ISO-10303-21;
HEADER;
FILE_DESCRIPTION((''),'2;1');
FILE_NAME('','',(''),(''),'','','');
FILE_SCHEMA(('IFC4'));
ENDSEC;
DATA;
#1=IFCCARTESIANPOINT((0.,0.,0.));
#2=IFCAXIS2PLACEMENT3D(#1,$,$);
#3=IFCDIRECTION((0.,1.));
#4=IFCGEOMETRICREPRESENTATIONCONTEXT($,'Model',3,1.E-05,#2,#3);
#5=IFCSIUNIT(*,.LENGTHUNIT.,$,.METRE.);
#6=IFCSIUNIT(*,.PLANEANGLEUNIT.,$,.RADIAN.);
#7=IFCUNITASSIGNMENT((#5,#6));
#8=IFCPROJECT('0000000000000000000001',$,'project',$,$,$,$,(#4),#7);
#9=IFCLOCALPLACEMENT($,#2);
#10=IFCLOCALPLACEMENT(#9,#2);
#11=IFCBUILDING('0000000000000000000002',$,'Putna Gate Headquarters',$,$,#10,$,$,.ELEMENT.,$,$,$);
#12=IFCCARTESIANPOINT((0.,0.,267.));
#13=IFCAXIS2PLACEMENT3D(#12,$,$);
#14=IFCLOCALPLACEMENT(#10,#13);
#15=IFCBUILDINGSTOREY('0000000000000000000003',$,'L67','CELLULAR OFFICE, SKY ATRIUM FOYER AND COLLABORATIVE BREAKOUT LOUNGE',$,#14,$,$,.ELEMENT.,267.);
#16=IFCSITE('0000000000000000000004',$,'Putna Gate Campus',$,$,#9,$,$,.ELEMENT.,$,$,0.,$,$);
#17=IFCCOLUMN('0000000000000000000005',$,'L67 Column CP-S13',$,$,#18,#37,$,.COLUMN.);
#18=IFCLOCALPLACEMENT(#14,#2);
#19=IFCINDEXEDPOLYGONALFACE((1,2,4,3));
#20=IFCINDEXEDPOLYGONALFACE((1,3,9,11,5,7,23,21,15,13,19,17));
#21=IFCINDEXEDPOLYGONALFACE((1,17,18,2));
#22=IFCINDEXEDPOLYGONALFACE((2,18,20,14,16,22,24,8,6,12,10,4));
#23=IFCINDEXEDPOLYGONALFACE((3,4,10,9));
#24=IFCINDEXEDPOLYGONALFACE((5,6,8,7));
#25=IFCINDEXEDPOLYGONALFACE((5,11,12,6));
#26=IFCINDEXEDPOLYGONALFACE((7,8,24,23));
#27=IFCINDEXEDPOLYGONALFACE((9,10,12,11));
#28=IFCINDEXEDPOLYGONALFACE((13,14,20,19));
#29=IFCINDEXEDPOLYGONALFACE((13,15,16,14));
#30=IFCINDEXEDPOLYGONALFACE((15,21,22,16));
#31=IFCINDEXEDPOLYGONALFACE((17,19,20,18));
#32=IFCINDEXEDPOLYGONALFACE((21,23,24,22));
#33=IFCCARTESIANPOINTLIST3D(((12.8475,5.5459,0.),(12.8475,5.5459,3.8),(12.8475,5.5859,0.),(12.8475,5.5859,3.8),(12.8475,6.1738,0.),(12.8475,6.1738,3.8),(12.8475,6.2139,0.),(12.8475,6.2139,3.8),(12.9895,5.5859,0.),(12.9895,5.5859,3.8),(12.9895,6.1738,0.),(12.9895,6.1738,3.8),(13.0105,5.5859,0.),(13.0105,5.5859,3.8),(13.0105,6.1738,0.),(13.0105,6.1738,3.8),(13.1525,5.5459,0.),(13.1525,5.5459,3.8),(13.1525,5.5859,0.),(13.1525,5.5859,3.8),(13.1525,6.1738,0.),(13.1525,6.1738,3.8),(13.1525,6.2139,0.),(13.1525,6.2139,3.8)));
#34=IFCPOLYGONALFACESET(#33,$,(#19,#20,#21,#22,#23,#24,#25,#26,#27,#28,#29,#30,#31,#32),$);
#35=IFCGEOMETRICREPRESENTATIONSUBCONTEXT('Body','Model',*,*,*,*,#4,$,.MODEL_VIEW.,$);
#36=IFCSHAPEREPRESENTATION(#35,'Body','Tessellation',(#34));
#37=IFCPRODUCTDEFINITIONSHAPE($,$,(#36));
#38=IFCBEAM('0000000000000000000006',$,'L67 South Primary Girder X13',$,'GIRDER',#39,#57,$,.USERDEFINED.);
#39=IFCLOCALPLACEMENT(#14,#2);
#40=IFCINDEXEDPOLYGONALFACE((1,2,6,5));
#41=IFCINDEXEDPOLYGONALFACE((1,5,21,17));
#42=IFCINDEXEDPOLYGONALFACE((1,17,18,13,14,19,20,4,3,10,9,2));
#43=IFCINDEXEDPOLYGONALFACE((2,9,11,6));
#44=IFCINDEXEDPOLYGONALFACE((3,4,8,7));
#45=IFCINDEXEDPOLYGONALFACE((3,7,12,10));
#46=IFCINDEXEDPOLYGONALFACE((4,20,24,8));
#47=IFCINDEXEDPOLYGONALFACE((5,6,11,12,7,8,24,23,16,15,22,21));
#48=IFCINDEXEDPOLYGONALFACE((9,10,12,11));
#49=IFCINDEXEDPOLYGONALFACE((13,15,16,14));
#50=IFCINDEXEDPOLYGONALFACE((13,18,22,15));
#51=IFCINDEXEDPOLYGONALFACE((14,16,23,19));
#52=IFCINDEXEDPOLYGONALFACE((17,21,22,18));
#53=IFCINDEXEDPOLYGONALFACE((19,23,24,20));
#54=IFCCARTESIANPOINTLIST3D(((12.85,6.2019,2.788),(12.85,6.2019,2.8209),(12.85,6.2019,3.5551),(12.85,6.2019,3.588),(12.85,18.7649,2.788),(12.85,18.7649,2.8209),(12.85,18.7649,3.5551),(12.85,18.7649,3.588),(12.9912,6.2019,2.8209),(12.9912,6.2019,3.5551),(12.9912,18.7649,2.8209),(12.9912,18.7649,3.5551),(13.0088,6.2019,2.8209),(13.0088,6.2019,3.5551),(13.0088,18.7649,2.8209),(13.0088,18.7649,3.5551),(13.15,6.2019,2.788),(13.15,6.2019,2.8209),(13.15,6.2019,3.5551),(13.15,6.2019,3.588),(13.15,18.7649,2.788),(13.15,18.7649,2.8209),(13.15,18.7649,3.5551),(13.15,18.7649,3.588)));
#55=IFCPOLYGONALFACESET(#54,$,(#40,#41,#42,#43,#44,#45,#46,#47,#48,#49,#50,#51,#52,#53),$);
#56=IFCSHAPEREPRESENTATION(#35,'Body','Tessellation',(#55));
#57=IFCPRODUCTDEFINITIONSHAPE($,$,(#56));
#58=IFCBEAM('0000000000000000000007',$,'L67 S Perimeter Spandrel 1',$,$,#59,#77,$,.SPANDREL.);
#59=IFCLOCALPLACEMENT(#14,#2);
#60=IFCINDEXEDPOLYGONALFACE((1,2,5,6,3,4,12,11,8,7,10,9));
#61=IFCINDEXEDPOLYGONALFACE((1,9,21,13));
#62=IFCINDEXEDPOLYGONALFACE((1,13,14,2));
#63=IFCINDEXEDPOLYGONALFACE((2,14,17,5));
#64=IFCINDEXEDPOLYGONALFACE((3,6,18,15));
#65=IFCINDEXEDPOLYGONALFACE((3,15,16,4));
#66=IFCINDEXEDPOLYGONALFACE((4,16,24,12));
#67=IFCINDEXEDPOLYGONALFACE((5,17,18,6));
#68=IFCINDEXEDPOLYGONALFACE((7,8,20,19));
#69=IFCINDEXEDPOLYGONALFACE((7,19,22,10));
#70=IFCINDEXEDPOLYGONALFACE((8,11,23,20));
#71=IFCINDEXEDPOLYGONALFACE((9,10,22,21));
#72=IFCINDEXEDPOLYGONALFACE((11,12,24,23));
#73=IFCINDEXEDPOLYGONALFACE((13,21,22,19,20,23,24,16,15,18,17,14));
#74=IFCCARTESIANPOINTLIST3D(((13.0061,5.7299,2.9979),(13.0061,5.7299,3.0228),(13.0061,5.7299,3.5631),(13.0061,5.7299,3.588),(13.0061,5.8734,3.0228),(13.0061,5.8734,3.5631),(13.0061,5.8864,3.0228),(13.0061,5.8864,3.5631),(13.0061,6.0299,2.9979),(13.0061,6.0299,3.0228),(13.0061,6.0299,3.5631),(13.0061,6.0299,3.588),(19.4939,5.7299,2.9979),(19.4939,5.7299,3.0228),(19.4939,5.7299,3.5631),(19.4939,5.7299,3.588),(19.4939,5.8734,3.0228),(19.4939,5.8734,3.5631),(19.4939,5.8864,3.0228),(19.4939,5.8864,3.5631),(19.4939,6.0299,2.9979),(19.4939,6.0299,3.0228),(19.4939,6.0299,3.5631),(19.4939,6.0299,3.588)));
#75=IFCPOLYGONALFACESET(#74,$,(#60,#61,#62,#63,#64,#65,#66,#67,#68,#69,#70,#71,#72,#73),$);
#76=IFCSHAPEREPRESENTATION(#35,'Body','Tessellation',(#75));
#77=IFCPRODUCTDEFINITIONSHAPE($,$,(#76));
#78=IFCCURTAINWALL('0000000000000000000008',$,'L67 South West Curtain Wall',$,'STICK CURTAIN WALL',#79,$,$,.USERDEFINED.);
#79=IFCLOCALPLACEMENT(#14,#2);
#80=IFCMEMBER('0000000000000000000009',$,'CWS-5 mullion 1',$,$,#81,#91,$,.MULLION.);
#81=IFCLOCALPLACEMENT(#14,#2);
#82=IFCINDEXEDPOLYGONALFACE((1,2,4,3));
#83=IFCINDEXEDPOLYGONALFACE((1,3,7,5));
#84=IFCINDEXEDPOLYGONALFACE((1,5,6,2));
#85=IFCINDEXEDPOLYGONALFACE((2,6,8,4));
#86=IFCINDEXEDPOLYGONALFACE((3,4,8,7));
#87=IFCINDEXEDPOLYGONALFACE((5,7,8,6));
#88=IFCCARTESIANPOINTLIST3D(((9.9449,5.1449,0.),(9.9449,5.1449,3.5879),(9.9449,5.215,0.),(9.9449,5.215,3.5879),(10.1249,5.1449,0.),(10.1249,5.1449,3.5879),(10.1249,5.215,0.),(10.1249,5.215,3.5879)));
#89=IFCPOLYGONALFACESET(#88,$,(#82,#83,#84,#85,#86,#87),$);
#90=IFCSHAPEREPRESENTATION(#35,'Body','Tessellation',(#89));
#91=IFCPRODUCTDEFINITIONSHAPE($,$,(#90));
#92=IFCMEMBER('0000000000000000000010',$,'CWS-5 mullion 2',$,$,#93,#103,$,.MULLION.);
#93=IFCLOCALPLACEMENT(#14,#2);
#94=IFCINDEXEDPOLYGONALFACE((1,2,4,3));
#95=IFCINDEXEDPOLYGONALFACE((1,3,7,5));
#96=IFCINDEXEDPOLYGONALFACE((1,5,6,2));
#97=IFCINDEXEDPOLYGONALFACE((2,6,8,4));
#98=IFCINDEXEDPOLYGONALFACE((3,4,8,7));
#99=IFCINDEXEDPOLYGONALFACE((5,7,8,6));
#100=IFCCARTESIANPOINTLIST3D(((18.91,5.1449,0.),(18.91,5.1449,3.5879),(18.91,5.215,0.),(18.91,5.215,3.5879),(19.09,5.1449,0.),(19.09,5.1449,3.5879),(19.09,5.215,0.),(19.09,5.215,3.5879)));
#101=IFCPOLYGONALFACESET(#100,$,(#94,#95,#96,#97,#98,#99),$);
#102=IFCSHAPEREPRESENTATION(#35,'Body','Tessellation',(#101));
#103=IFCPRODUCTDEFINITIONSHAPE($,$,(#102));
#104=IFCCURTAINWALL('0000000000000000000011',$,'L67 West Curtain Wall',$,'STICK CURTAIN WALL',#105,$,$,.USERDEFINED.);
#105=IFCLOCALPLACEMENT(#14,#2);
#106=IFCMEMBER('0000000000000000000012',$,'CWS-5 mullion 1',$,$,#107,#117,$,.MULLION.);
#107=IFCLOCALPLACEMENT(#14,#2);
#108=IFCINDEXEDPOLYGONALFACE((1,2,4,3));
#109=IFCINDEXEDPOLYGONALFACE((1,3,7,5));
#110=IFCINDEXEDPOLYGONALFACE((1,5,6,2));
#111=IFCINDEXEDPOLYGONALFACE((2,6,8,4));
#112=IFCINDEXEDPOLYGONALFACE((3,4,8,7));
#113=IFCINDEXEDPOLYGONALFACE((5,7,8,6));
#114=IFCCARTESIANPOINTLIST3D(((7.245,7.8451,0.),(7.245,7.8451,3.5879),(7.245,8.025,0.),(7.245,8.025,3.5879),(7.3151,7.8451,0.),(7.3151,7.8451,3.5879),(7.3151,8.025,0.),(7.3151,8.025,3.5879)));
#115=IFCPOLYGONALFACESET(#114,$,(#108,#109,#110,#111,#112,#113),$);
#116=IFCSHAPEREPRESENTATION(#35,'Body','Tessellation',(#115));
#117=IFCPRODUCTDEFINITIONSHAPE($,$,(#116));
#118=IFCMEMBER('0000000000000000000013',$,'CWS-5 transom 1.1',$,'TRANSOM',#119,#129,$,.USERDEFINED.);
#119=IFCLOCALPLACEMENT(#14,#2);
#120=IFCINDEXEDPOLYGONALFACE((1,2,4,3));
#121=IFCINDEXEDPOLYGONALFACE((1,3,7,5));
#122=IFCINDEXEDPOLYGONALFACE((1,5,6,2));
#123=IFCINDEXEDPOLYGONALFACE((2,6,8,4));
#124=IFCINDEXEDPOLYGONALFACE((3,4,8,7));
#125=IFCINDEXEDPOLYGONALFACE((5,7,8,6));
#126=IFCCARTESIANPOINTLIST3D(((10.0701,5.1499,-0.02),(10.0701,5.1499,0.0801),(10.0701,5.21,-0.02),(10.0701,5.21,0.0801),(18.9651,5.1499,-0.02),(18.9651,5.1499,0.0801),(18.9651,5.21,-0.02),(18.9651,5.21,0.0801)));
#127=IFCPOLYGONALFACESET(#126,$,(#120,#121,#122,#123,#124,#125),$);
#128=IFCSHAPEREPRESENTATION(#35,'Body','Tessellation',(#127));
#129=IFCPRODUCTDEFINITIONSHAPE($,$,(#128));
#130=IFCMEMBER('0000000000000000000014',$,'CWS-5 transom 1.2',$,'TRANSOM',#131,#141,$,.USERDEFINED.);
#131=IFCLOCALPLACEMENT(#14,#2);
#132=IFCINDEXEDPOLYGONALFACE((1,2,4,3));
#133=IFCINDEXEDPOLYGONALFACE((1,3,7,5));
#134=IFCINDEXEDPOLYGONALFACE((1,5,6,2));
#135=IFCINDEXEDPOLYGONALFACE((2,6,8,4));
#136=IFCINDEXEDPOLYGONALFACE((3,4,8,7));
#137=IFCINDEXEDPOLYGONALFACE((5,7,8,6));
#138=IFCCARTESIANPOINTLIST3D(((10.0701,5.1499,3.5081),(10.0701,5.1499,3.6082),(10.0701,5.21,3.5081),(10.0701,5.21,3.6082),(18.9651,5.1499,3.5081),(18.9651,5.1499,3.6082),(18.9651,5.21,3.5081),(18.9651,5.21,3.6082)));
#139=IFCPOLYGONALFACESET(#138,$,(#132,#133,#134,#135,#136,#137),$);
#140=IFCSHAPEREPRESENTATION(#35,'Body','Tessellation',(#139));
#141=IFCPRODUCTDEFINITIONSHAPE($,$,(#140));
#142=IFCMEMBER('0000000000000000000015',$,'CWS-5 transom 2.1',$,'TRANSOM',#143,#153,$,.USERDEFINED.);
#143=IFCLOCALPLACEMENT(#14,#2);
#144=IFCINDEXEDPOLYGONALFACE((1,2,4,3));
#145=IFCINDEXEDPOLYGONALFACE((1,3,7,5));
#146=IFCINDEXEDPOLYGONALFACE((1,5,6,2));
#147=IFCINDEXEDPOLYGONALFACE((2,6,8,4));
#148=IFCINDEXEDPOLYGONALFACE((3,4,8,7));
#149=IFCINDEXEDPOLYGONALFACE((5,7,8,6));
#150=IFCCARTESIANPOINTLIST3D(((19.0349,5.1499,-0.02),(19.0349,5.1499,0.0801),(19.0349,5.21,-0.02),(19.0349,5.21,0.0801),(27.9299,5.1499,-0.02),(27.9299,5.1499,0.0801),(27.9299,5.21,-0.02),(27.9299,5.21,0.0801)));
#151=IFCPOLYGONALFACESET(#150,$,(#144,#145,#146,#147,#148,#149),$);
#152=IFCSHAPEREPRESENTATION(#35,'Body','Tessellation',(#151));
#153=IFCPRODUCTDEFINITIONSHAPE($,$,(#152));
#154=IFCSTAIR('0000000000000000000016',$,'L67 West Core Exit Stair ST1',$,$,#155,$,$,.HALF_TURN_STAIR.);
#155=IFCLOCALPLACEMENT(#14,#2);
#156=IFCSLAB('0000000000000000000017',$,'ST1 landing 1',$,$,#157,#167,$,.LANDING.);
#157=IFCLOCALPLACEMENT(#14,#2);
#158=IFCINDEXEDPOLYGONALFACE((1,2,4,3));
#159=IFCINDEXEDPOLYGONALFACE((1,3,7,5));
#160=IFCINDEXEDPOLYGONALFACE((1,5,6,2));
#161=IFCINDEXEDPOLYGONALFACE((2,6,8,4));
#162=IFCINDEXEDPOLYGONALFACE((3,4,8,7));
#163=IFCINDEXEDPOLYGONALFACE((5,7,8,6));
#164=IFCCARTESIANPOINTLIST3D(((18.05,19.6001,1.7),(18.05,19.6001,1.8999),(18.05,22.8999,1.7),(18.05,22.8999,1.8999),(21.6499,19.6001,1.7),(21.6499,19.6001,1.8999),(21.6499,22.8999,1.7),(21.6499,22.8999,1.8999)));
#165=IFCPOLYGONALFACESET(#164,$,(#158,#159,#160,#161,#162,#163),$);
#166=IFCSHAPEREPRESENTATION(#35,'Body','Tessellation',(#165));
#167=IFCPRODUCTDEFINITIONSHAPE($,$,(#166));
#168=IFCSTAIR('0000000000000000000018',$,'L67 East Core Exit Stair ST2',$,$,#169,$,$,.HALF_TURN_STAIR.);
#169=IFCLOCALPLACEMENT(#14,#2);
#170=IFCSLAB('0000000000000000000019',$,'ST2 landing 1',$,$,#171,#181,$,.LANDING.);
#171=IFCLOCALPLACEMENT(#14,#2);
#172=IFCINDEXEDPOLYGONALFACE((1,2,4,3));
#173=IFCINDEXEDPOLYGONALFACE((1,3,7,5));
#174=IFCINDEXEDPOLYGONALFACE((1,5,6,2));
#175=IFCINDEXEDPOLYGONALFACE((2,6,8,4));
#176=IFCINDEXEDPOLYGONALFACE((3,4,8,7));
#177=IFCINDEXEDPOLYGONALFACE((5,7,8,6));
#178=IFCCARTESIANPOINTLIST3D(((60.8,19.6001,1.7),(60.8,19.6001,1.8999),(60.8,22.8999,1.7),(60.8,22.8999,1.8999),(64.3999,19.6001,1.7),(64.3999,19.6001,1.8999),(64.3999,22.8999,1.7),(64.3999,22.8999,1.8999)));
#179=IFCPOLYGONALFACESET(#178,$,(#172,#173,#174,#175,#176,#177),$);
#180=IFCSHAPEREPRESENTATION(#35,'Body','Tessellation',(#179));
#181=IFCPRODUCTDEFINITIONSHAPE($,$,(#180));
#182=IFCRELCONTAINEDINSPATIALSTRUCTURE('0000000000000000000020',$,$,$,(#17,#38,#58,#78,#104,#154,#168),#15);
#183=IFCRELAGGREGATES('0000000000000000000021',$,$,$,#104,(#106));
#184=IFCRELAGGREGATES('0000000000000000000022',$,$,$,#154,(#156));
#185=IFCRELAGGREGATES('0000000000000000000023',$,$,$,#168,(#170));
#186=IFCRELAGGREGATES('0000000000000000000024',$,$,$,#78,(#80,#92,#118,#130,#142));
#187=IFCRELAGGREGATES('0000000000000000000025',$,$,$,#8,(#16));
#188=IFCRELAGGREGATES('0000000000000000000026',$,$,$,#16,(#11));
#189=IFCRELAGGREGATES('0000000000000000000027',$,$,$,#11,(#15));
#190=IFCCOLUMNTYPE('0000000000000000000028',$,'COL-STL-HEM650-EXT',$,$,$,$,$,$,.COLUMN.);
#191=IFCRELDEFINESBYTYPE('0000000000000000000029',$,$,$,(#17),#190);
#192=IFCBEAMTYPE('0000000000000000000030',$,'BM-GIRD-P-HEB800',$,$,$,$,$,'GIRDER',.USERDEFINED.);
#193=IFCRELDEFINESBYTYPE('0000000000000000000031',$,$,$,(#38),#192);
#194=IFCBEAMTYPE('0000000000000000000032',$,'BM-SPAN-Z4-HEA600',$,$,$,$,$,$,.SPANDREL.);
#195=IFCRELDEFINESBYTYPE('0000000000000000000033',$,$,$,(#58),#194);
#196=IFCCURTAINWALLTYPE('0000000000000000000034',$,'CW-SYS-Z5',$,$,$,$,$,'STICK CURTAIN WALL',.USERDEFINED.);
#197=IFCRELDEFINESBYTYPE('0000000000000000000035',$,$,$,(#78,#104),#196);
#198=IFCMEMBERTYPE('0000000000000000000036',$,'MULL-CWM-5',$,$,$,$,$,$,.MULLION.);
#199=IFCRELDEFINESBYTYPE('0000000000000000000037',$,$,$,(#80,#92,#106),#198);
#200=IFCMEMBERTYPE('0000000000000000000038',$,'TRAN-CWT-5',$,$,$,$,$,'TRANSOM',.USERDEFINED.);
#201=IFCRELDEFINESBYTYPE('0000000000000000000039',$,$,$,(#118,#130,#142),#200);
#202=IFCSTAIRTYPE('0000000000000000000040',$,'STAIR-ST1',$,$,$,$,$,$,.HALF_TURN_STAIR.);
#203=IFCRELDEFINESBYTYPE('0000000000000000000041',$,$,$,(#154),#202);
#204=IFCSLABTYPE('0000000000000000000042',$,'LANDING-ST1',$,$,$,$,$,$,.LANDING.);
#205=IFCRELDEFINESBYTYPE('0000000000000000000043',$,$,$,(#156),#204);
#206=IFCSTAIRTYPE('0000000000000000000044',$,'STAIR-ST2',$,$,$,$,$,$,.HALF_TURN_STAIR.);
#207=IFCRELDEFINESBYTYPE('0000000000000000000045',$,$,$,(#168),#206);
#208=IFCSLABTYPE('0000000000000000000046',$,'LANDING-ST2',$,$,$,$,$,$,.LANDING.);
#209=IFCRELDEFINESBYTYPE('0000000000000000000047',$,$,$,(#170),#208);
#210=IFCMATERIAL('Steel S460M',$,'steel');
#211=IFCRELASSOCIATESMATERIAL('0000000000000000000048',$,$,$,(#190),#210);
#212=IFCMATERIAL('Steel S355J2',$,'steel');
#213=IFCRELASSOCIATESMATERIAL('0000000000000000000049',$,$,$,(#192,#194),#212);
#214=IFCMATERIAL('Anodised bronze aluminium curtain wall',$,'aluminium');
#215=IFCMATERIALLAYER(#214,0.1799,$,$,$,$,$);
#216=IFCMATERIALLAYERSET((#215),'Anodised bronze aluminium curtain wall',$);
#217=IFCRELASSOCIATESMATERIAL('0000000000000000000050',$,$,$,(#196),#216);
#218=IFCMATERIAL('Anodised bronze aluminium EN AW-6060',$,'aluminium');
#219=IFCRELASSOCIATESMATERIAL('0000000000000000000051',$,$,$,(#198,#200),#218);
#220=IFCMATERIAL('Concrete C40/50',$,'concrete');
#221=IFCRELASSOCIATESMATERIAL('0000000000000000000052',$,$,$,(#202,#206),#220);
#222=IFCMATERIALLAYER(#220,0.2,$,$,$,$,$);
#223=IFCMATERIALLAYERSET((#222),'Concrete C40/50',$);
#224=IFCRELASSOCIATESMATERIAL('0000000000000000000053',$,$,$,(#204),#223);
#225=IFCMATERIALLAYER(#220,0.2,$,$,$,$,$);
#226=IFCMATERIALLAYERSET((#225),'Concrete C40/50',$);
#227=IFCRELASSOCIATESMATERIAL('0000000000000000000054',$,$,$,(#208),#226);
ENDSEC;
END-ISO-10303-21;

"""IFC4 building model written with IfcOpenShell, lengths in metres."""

from ifc_helpers import new_model, si_unit, direction, frame, origin, origin_2d, place, context, subcontext, project, spatial, polyline, rectangle, i_section, outline, extrude, material, layer, layer_set, material_profile, profile_set, type_object, element, aggregate, save


model = new_model("IFC4")

# Units and contexts
model_context = context("Model", 3, precision=1e-05, world=origin(), true_north=direction((0.0, 1.0)))
body_context = subcontext(model_context, "Body", "Model", "MODEL_VIEW")
ifc_project = project(units=[si_unit("LENGTHUNIT", "METRE"), si_unit("PLANEANGLEUNIT", "RADIAN")], contexts=[model_context])

# Site, building, storey
site_placement = place(None, origin())
site = spatial("IfcSite", under=ifc_project, at=site_placement, Name="Putna Gate Campus", CompositionType="ELEMENT", RefElevation=0.0)
building_placement = place(site_placement, origin())
building = spatial("IfcBuilding", under=site, at=building_placement, Name="Putna Gate Headquarters", CompositionType="ELEMENT")
storey_placement = place(building_placement, frame((0.0, 0.0, 267.0)))
storey = spatial("IfcBuildingStorey", under=building, at=storey_placement, Name="L67", Description="CELLULAR OFFICE, SKY ATRIUM FOYER AND COLLABORATIVE BREAKOUT LOUNGE", CompositionType="ELEMENT", Elevation=267.0)

# Column
ifc_material_1 = material(Name="Steel S460M", Category="steel")
ifc_material_profile_1 = material_profile(ifc_material_1, i_section(OverallWidth=0.3049, OverallDepth=0.668, WebThickness=0.021, FlangeThickness=0.04, at=origin_2d()), Name="Steel S460M")
ifc_profile_set_1 = profile_set([ifc_material_profile_1], Name="Steel S460M")
column_type = type_object("IfcColumnType", Name="COL-STL-HEM650-EXT", PredefinedType="COLUMN", material=ifc_profile_set_1)
column_placement = place(storey_placement, frame((13.0, 5.8799, 0.0), z_axis=(0.0, 0.0, 1.0), x_axis=(1.0, 0.0, 0.0)))
element("IfcColumn", 1, at=column_placement, inside=storey, type_object=column_type, Name="L67 Column CP-S13", PredefinedType="COLUMN", context=body_context, shape_type="SweptSolid", body=[
    extrude(i_section(OverallWidth=0.3049, OverallDepth=0.668, WebThickness=0.021, FlangeThickness=0.04, at=origin_2d()), origin(), (0.0, 0.0, 1.0), 3.8),
])

# Beams
ifc_material_2 = material(Name="Steel S355J2", Category="steel")
ifc_material_profile_2 = material_profile(ifc_material_2, i_section(OverallWidth=0.3, OverallDepth=0.8, WebThickness=0.0176, FlangeThickness=0.033, at=origin_2d()), Name="Steel S355J2")
ifc_profile_set_2 = profile_set([ifc_material_profile_2], Name="Steel S355J2")
beam_type_1 = type_object("IfcBeamType", Name="BM-GIRD-P-HEB800", ElementType="GIRDER", PredefinedType="USERDEFINED", material=ifc_profile_set_2)
beam_1_placement = place(storey_placement, frame((13.0, 6.2019, 3.188), z_axis=(0.0, 1.0, 0.0), x_axis=(-1.0, 0.0, 0.0)))
element("IfcBeam", 2, at=beam_1_placement, inside=storey, type_object=beam_type_1, Name="L67 South Primary Girder X13", ObjectType="GIRDER", PredefinedType="USERDEFINED", context=body_context, shape_type="SweptSolid", body=[
    extrude(i_section(OverallWidth=0.3, OverallDepth=0.8, WebThickness=0.0176, FlangeThickness=0.033, at=origin_2d()), origin(), (0.0, 0.0, 1.0), 12.563),
])
ifc_material_profile_3 = material_profile(ifc_material_2, i_section(OverallWidth=0.3, OverallDepth=0.5901, WebThickness=0.0129, FlangeThickness=0.0249, at=origin_2d()), Name="Steel S355J2")
ifc_profile_set_3 = profile_set([ifc_material_profile_3], Name="Steel S355J2")
beam_type_2 = type_object("IfcBeamType", Name="BM-SPAN-Z4-HEA600", PredefinedType="SPANDREL", material=ifc_profile_set_3)
beam_2_placement = place(storey_placement, frame((13.0061, 5.8799, 3.293), z_axis=(1.0, 0.0, 0.0), x_axis=(0.0, 1.0, 0.0)))
element("IfcBeam", 3, at=beam_2_placement, inside=storey, type_object=beam_type_2, Name="L67 S Perimeter Spandrel 1", PredefinedType="SPANDREL", context=body_context, shape_type="SweptSolid", body=[
    extrude(i_section(OverallWidth=0.3, OverallDepth=0.5901, WebThickness=0.0129, FlangeThickness=0.0249, at=origin_2d()), origin(), (0.0, 0.0, 1.0), 6.4878),
])

# Curtain wall, members
ifc_material_3 = material(Name="Anodised bronze aluminium curtain wall", Category="aluminium")
ifc_layer_1 = layer(ifc_material_3, 0.1799)
ifc_layer_set_1 = layer_set([ifc_layer_1], Name="Anodised bronze aluminium curtain wall")
curtain_wall_type = type_object("IfcCurtainWallType", Name="CW-SYS-Z5", ElementType="STICK CURTAIN WALL", PredefinedType="USERDEFINED", material=ifc_layer_set_1)
curtain_wall_1_placement = place(storey_placement, origin())
curtain_wall_1 = element("IfcCurtainWall", 4, at=curtain_wall_1_placement, inside=storey, type_object=curtain_wall_type, Name="L67 South West Curtain Wall", ObjectType="STICK CURTAIN WALL", PredefinedType="USERDEFINED")
ifc_material_4 = material(Name="Anodised bronze aluminium EN AW-6060", Category="aluminium")
ifc_material_profile_4 = material_profile(ifc_material_4, rectangle(XDim=0.0701, YDim=0.1799, at=origin_2d()), Name="Anodised bronze aluminium EN AW-6060")
ifc_profile_set_4 = profile_set([ifc_material_profile_4], Name="Anodised bronze aluminium EN AW-6060")
member_type_1 = type_object("IfcMemberType", Name="MULL-CWM-5", PredefinedType="MULLION", material=ifc_profile_set_4)
member_1_placement = place(storey_placement, frame((10.0349, 5.1799, 0.0), z_axis=(0.0, 0.0, 1.0), x_axis=(0.0, 1.0, 0.0)))
member_1 = element("IfcMember", 5, at=member_1_placement, type_object=member_type_1, Name="CWS-5 mullion 1", PredefinedType="MULLION", context=body_context, shape_type="SweptSolid", body=[
    extrude(rectangle(XDim=0.0701, YDim=0.1799, at=origin_2d()), origin(), (0.0, 0.0, 1.0), 3.5879),
])
member_2_placement = place(storey_placement, frame((19.0, 5.1799, 0.0), z_axis=(0.0, 0.0, 1.0), x_axis=(0.0, 1.0, 0.0)))
member_2 = element("IfcMember", 6, at=member_2_placement, type_object=member_type_1, Name="CWS-5 mullion 2", PredefinedType="MULLION", context=body_context, shape_type="SweptSolid", body=[
    extrude(rectangle(XDim=0.0701, YDim=0.1799, at=origin_2d()), origin(), (0.0, 0.0, 1.0), 3.5879),
])

# Curtain wall, member
curtain_wall_2_placement = place(storey_placement, origin())
curtain_wall_2 = element("IfcCurtainWall", 7, at=curtain_wall_2_placement, inside=storey, type_object=curtain_wall_type, Name="L67 West Curtain Wall", ObjectType="STICK CURTAIN WALL", PredefinedType="USERDEFINED")
member_3_placement = place(storey_placement, frame((7.28, 7.9351, 0.0), z_axis=(0.0, 0.0, 1.0), x_axis=(-1.0, 0.0, 0.0)))
member_3 = element("IfcMember", 8, at=member_3_placement, type_object=member_type_1, Name="CWS-5 mullion 1", PredefinedType="MULLION", context=body_context, shape_type="SweptSolid", body=[
    extrude(rectangle(XDim=0.0701, YDim=0.1799, at=origin_2d()), origin(), (0.0, 0.0, 1.0), 3.5879),
])
aggregate(curtain_wall_2, [member_3])

# Members
ifc_material_profile_5 = material_profile(ifc_material_4, rectangle(XDim=0.0601, YDim=0.1001, at=origin_2d()), Name="Anodised bronze aluminium EN AW-6060")
ifc_profile_set_5 = profile_set([ifc_material_profile_5], Name="Anodised bronze aluminium EN AW-6060")
member_type_2 = type_object("IfcMemberType", Name="TRAN-CWT-5", ElementType="TRANSOM", PredefinedType="USERDEFINED", material=ifc_profile_set_5)
member_4_placement = place(storey_placement, frame((10.0701, 5.1799, 0.03), z_axis=(1.0, 0.0, 0.0), x_axis=(0.0, 1.0, 0.0)))
member_4 = element("IfcMember", 9, at=member_4_placement, type_object=member_type_2, Name="CWS-5 transom 1.1", ObjectType="TRANSOM", PredefinedType="USERDEFINED", context=body_context, shape_type="SweptSolid", body=[
    extrude(rectangle(XDim=0.0601, YDim=0.1001, at=origin_2d()), origin(), (0.0, 0.0, 1.0), 8.895),
])
member_5_placement = place(storey_placement, frame((10.0701, 5.1799, 3.5581), z_axis=(1.0, 0.0, 0.0), x_axis=(0.0, 1.0, 0.0)))
member_5 = element("IfcMember", 10, at=member_5_placement, type_object=member_type_2, Name="CWS-5 transom 1.2", ObjectType="TRANSOM", PredefinedType="USERDEFINED", context=body_context, shape_type="SweptSolid", body=[
    extrude(rectangle(XDim=0.0601, YDim=0.1001, at=origin_2d()), origin(), (0.0, 0.0, 1.0), 8.895),
])
member_6_placement = place(storey_placement, frame((19.0349, 5.1799, 0.03), z_axis=(1.0, 0.0, 0.0), x_axis=(0.0, 1.0, 0.0)))
member_6 = element("IfcMember", 11, at=member_6_placement, type_object=member_type_2, Name="CWS-5 transom 2.1", ObjectType="TRANSOM", PredefinedType="USERDEFINED", context=body_context, shape_type="SweptSolid", body=[
    extrude(rectangle(XDim=0.0601, YDim=0.1001, at=origin_2d()), origin(), (0.0, 0.0, 1.0), 8.895),
])

# Stairs, slabs
ifc_material_5 = material(Name="Concrete C40/50", Category="concrete")
stair_type_1 = type_object("IfcStairType", Name="STAIR-ST1", PredefinedType="HALF_TURN_STAIR", material=ifc_material_5)
stair_1_placement = place(storey_placement, origin())
stair_1 = element("IfcStair", 12, at=stair_1_placement, inside=storey, type_object=stair_type_1, Name="L67 West Core Exit Stair ST1", PredefinedType="HALF_TURN_STAIR")
ifc_layer_2 = layer(ifc_material_5, 0.2)
ifc_layer_set_2 = layer_set([ifc_layer_2], Name="Concrete C40/50")
slab_type_1 = type_object("IfcSlabType", Name="LANDING-ST1", PredefinedType="LANDING", material=ifc_layer_set_2)
slab_1_placement = place(storey_placement, frame((0.0, 0.0, 1.7)))
slab_1 = element("IfcSlab", 13, at=slab_1_placement, type_object=slab_type_1, Name="ST1 landing 1", PredefinedType="LANDING", context=body_context, shape_type="SweptSolid", body=[
    extrude(outline(polyline([(18.05, 19.6001), (21.6499, 19.6001), (21.6499, 22.8999), (18.05, 22.8999), (18.05, 19.6001)])), origin(), (0.0, 0.0, 1.0), 0.2),
])
aggregate(stair_1, [slab_1])
stair_type_2 = type_object("IfcStairType", Name="STAIR-ST2", PredefinedType="HALF_TURN_STAIR", material=ifc_material_5)
stair_2_placement = place(storey_placement, origin())
stair_2 = element("IfcStair", 14, at=stair_2_placement, inside=storey, type_object=stair_type_2, Name="L67 East Core Exit Stair ST2", PredefinedType="HALF_TURN_STAIR")
ifc_layer_3 = layer(ifc_material_5, 0.2)
ifc_layer_set_3 = layer_set([ifc_layer_3], Name="Concrete C40/50")
slab_type_2 = type_object("IfcSlabType", Name="LANDING-ST2", PredefinedType="LANDING", material=ifc_layer_set_3)
slab_2_placement = place(storey_placement, frame((0.0, 0.0, 1.7)))
slab_2 = element("IfcSlab", 15, at=slab_2_placement, type_object=slab_type_2, Name="ST2 landing 1", PredefinedType="LANDING", context=body_context, shape_type="SweptSolid", body=[
    extrude(outline(polyline([(60.8, 19.6001), (64.3999, 19.6001), (64.3999, 22.8999), (60.8, 22.8999), (60.8, 19.6001)])), origin(), (0.0, 0.0, 1.0), 0.2),
])
aggregate(stair_2, [slab_2])

aggregate(curtain_wall_1, [member_1, member_2, member_4, member_5, member_6])

save(model, "model.ifc")
